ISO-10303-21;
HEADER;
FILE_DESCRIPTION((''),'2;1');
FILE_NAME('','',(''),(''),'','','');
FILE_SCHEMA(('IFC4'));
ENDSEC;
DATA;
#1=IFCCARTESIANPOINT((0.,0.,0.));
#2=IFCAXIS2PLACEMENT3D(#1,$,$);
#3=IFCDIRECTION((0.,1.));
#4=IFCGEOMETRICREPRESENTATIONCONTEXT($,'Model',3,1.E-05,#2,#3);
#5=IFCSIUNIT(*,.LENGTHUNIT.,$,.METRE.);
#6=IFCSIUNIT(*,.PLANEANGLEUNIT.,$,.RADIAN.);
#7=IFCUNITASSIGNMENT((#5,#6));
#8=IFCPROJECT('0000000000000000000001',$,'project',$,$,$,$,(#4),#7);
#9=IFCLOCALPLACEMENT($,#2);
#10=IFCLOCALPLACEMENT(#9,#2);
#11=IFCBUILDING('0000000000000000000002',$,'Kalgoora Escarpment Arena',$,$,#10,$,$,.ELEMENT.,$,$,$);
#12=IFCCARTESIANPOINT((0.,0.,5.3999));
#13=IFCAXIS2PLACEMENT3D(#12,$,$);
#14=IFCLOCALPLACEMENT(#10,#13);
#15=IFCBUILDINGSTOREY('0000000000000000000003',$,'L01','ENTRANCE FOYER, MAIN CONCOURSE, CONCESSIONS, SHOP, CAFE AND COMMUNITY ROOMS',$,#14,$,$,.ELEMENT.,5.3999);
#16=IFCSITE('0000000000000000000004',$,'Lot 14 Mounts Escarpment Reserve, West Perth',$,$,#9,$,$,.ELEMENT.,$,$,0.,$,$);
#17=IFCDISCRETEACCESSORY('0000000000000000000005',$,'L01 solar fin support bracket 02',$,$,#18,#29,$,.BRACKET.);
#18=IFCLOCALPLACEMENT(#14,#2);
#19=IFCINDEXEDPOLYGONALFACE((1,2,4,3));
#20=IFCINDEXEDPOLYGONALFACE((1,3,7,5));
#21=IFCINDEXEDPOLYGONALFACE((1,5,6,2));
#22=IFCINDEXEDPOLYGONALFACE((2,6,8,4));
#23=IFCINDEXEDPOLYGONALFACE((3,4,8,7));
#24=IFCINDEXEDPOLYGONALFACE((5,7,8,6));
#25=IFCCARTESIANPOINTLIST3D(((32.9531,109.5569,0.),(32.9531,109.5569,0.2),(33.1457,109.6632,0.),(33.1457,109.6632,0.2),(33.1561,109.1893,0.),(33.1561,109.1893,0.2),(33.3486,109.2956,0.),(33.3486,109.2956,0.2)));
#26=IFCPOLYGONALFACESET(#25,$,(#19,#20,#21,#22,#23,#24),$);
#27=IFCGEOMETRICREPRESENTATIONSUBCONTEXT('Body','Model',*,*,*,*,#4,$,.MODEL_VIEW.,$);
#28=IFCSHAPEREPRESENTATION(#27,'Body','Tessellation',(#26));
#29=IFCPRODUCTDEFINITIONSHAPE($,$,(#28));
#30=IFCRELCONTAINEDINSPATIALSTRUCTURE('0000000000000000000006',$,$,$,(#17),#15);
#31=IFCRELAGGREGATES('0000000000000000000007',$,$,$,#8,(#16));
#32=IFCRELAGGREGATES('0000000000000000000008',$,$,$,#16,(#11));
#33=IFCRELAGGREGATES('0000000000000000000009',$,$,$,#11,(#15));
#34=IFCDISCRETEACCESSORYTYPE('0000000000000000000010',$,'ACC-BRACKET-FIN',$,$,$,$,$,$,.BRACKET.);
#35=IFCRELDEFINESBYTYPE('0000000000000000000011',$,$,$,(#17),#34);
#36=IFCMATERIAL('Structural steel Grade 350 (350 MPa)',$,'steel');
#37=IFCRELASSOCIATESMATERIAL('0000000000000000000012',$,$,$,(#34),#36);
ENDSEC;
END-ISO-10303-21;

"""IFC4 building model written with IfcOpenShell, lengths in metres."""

from ifc_helpers import new_model, si_unit, direction, frame, origin, origin_2d, place, context, subcontext, project, spatial, rectangle, extrude, material, type_object, element, save


model = new_model("IFC4")

# Units and contexts
model_context = context("Model", 3, precision=1e-05, world=origin(), true_north=direction((0.0, 1.0)))
body_context = subcontext(model_context, "Body", "Model", "MODEL_VIEW")
ifc_project = project(units=[si_unit("LENGTHUNIT", "METRE"), si_unit("PLANEANGLEUNIT", "RADIAN")], contexts=[model_context])

# Site, building, storey
site_placement = place(None, origin())
site = spatial("IfcSite", under=ifc_project, at=site_placement, Name="Lot 14 Mounts Escarpment Reserve, West Perth", CompositionType="ELEMENT", RefElevation=0.0)
building_placement = place(site_placement, origin())
building = spatial("IfcBuilding", under=site, at=building_placement, Name="Kalgoora Escarpment Arena", CompositionType="ELEMENT")
storey_placement = place(building_placement, frame((0.0, 0.0, 5.3999)))
storey = spatial("IfcBuildingStorey", under=building, at=storey_placement, Name="L01", Description="ENTRANCE FOYER, MAIN CONCOURSE, CONCESSIONS, SHOP, CAFE AND COMMUNITY ROOMS", CompositionType="ELEMENT", Elevation=5.3999)

# Discrete accessory
ifc_material_1 = material(Name="Structural steel Grade 350 (350 MPa)", Category="steel")
discrete_accessory_type = type_object("IfcDiscreteAccessoryType", Name="ACC-BRACKET-FIN", PredefinedType="BRACKET", material=ifc_material_1)
discrete_accessory_placement = place(storey_placement, frame((33.1509, 109.4263, 0.0), z_axis=(0.0, 0.0, 1.0), x_axis=(-0.483282, 0.875465, 0.0)))
element("IfcDiscreteAccessory", 1, at=discrete_accessory_placement, inside=storey, type_object=discrete_accessory_type, Name="L01 solar fin support bracket 02", PredefinedType="BRACKET", context=body_context, shape_type="SweptSolid", body=[
    extrude(rectangle(XDim=0.4199, YDim=0.22, at=origin_2d()), origin(), (0.0, 0.0, 1.0), 0.2),
])

save(model, "model.ifc")
